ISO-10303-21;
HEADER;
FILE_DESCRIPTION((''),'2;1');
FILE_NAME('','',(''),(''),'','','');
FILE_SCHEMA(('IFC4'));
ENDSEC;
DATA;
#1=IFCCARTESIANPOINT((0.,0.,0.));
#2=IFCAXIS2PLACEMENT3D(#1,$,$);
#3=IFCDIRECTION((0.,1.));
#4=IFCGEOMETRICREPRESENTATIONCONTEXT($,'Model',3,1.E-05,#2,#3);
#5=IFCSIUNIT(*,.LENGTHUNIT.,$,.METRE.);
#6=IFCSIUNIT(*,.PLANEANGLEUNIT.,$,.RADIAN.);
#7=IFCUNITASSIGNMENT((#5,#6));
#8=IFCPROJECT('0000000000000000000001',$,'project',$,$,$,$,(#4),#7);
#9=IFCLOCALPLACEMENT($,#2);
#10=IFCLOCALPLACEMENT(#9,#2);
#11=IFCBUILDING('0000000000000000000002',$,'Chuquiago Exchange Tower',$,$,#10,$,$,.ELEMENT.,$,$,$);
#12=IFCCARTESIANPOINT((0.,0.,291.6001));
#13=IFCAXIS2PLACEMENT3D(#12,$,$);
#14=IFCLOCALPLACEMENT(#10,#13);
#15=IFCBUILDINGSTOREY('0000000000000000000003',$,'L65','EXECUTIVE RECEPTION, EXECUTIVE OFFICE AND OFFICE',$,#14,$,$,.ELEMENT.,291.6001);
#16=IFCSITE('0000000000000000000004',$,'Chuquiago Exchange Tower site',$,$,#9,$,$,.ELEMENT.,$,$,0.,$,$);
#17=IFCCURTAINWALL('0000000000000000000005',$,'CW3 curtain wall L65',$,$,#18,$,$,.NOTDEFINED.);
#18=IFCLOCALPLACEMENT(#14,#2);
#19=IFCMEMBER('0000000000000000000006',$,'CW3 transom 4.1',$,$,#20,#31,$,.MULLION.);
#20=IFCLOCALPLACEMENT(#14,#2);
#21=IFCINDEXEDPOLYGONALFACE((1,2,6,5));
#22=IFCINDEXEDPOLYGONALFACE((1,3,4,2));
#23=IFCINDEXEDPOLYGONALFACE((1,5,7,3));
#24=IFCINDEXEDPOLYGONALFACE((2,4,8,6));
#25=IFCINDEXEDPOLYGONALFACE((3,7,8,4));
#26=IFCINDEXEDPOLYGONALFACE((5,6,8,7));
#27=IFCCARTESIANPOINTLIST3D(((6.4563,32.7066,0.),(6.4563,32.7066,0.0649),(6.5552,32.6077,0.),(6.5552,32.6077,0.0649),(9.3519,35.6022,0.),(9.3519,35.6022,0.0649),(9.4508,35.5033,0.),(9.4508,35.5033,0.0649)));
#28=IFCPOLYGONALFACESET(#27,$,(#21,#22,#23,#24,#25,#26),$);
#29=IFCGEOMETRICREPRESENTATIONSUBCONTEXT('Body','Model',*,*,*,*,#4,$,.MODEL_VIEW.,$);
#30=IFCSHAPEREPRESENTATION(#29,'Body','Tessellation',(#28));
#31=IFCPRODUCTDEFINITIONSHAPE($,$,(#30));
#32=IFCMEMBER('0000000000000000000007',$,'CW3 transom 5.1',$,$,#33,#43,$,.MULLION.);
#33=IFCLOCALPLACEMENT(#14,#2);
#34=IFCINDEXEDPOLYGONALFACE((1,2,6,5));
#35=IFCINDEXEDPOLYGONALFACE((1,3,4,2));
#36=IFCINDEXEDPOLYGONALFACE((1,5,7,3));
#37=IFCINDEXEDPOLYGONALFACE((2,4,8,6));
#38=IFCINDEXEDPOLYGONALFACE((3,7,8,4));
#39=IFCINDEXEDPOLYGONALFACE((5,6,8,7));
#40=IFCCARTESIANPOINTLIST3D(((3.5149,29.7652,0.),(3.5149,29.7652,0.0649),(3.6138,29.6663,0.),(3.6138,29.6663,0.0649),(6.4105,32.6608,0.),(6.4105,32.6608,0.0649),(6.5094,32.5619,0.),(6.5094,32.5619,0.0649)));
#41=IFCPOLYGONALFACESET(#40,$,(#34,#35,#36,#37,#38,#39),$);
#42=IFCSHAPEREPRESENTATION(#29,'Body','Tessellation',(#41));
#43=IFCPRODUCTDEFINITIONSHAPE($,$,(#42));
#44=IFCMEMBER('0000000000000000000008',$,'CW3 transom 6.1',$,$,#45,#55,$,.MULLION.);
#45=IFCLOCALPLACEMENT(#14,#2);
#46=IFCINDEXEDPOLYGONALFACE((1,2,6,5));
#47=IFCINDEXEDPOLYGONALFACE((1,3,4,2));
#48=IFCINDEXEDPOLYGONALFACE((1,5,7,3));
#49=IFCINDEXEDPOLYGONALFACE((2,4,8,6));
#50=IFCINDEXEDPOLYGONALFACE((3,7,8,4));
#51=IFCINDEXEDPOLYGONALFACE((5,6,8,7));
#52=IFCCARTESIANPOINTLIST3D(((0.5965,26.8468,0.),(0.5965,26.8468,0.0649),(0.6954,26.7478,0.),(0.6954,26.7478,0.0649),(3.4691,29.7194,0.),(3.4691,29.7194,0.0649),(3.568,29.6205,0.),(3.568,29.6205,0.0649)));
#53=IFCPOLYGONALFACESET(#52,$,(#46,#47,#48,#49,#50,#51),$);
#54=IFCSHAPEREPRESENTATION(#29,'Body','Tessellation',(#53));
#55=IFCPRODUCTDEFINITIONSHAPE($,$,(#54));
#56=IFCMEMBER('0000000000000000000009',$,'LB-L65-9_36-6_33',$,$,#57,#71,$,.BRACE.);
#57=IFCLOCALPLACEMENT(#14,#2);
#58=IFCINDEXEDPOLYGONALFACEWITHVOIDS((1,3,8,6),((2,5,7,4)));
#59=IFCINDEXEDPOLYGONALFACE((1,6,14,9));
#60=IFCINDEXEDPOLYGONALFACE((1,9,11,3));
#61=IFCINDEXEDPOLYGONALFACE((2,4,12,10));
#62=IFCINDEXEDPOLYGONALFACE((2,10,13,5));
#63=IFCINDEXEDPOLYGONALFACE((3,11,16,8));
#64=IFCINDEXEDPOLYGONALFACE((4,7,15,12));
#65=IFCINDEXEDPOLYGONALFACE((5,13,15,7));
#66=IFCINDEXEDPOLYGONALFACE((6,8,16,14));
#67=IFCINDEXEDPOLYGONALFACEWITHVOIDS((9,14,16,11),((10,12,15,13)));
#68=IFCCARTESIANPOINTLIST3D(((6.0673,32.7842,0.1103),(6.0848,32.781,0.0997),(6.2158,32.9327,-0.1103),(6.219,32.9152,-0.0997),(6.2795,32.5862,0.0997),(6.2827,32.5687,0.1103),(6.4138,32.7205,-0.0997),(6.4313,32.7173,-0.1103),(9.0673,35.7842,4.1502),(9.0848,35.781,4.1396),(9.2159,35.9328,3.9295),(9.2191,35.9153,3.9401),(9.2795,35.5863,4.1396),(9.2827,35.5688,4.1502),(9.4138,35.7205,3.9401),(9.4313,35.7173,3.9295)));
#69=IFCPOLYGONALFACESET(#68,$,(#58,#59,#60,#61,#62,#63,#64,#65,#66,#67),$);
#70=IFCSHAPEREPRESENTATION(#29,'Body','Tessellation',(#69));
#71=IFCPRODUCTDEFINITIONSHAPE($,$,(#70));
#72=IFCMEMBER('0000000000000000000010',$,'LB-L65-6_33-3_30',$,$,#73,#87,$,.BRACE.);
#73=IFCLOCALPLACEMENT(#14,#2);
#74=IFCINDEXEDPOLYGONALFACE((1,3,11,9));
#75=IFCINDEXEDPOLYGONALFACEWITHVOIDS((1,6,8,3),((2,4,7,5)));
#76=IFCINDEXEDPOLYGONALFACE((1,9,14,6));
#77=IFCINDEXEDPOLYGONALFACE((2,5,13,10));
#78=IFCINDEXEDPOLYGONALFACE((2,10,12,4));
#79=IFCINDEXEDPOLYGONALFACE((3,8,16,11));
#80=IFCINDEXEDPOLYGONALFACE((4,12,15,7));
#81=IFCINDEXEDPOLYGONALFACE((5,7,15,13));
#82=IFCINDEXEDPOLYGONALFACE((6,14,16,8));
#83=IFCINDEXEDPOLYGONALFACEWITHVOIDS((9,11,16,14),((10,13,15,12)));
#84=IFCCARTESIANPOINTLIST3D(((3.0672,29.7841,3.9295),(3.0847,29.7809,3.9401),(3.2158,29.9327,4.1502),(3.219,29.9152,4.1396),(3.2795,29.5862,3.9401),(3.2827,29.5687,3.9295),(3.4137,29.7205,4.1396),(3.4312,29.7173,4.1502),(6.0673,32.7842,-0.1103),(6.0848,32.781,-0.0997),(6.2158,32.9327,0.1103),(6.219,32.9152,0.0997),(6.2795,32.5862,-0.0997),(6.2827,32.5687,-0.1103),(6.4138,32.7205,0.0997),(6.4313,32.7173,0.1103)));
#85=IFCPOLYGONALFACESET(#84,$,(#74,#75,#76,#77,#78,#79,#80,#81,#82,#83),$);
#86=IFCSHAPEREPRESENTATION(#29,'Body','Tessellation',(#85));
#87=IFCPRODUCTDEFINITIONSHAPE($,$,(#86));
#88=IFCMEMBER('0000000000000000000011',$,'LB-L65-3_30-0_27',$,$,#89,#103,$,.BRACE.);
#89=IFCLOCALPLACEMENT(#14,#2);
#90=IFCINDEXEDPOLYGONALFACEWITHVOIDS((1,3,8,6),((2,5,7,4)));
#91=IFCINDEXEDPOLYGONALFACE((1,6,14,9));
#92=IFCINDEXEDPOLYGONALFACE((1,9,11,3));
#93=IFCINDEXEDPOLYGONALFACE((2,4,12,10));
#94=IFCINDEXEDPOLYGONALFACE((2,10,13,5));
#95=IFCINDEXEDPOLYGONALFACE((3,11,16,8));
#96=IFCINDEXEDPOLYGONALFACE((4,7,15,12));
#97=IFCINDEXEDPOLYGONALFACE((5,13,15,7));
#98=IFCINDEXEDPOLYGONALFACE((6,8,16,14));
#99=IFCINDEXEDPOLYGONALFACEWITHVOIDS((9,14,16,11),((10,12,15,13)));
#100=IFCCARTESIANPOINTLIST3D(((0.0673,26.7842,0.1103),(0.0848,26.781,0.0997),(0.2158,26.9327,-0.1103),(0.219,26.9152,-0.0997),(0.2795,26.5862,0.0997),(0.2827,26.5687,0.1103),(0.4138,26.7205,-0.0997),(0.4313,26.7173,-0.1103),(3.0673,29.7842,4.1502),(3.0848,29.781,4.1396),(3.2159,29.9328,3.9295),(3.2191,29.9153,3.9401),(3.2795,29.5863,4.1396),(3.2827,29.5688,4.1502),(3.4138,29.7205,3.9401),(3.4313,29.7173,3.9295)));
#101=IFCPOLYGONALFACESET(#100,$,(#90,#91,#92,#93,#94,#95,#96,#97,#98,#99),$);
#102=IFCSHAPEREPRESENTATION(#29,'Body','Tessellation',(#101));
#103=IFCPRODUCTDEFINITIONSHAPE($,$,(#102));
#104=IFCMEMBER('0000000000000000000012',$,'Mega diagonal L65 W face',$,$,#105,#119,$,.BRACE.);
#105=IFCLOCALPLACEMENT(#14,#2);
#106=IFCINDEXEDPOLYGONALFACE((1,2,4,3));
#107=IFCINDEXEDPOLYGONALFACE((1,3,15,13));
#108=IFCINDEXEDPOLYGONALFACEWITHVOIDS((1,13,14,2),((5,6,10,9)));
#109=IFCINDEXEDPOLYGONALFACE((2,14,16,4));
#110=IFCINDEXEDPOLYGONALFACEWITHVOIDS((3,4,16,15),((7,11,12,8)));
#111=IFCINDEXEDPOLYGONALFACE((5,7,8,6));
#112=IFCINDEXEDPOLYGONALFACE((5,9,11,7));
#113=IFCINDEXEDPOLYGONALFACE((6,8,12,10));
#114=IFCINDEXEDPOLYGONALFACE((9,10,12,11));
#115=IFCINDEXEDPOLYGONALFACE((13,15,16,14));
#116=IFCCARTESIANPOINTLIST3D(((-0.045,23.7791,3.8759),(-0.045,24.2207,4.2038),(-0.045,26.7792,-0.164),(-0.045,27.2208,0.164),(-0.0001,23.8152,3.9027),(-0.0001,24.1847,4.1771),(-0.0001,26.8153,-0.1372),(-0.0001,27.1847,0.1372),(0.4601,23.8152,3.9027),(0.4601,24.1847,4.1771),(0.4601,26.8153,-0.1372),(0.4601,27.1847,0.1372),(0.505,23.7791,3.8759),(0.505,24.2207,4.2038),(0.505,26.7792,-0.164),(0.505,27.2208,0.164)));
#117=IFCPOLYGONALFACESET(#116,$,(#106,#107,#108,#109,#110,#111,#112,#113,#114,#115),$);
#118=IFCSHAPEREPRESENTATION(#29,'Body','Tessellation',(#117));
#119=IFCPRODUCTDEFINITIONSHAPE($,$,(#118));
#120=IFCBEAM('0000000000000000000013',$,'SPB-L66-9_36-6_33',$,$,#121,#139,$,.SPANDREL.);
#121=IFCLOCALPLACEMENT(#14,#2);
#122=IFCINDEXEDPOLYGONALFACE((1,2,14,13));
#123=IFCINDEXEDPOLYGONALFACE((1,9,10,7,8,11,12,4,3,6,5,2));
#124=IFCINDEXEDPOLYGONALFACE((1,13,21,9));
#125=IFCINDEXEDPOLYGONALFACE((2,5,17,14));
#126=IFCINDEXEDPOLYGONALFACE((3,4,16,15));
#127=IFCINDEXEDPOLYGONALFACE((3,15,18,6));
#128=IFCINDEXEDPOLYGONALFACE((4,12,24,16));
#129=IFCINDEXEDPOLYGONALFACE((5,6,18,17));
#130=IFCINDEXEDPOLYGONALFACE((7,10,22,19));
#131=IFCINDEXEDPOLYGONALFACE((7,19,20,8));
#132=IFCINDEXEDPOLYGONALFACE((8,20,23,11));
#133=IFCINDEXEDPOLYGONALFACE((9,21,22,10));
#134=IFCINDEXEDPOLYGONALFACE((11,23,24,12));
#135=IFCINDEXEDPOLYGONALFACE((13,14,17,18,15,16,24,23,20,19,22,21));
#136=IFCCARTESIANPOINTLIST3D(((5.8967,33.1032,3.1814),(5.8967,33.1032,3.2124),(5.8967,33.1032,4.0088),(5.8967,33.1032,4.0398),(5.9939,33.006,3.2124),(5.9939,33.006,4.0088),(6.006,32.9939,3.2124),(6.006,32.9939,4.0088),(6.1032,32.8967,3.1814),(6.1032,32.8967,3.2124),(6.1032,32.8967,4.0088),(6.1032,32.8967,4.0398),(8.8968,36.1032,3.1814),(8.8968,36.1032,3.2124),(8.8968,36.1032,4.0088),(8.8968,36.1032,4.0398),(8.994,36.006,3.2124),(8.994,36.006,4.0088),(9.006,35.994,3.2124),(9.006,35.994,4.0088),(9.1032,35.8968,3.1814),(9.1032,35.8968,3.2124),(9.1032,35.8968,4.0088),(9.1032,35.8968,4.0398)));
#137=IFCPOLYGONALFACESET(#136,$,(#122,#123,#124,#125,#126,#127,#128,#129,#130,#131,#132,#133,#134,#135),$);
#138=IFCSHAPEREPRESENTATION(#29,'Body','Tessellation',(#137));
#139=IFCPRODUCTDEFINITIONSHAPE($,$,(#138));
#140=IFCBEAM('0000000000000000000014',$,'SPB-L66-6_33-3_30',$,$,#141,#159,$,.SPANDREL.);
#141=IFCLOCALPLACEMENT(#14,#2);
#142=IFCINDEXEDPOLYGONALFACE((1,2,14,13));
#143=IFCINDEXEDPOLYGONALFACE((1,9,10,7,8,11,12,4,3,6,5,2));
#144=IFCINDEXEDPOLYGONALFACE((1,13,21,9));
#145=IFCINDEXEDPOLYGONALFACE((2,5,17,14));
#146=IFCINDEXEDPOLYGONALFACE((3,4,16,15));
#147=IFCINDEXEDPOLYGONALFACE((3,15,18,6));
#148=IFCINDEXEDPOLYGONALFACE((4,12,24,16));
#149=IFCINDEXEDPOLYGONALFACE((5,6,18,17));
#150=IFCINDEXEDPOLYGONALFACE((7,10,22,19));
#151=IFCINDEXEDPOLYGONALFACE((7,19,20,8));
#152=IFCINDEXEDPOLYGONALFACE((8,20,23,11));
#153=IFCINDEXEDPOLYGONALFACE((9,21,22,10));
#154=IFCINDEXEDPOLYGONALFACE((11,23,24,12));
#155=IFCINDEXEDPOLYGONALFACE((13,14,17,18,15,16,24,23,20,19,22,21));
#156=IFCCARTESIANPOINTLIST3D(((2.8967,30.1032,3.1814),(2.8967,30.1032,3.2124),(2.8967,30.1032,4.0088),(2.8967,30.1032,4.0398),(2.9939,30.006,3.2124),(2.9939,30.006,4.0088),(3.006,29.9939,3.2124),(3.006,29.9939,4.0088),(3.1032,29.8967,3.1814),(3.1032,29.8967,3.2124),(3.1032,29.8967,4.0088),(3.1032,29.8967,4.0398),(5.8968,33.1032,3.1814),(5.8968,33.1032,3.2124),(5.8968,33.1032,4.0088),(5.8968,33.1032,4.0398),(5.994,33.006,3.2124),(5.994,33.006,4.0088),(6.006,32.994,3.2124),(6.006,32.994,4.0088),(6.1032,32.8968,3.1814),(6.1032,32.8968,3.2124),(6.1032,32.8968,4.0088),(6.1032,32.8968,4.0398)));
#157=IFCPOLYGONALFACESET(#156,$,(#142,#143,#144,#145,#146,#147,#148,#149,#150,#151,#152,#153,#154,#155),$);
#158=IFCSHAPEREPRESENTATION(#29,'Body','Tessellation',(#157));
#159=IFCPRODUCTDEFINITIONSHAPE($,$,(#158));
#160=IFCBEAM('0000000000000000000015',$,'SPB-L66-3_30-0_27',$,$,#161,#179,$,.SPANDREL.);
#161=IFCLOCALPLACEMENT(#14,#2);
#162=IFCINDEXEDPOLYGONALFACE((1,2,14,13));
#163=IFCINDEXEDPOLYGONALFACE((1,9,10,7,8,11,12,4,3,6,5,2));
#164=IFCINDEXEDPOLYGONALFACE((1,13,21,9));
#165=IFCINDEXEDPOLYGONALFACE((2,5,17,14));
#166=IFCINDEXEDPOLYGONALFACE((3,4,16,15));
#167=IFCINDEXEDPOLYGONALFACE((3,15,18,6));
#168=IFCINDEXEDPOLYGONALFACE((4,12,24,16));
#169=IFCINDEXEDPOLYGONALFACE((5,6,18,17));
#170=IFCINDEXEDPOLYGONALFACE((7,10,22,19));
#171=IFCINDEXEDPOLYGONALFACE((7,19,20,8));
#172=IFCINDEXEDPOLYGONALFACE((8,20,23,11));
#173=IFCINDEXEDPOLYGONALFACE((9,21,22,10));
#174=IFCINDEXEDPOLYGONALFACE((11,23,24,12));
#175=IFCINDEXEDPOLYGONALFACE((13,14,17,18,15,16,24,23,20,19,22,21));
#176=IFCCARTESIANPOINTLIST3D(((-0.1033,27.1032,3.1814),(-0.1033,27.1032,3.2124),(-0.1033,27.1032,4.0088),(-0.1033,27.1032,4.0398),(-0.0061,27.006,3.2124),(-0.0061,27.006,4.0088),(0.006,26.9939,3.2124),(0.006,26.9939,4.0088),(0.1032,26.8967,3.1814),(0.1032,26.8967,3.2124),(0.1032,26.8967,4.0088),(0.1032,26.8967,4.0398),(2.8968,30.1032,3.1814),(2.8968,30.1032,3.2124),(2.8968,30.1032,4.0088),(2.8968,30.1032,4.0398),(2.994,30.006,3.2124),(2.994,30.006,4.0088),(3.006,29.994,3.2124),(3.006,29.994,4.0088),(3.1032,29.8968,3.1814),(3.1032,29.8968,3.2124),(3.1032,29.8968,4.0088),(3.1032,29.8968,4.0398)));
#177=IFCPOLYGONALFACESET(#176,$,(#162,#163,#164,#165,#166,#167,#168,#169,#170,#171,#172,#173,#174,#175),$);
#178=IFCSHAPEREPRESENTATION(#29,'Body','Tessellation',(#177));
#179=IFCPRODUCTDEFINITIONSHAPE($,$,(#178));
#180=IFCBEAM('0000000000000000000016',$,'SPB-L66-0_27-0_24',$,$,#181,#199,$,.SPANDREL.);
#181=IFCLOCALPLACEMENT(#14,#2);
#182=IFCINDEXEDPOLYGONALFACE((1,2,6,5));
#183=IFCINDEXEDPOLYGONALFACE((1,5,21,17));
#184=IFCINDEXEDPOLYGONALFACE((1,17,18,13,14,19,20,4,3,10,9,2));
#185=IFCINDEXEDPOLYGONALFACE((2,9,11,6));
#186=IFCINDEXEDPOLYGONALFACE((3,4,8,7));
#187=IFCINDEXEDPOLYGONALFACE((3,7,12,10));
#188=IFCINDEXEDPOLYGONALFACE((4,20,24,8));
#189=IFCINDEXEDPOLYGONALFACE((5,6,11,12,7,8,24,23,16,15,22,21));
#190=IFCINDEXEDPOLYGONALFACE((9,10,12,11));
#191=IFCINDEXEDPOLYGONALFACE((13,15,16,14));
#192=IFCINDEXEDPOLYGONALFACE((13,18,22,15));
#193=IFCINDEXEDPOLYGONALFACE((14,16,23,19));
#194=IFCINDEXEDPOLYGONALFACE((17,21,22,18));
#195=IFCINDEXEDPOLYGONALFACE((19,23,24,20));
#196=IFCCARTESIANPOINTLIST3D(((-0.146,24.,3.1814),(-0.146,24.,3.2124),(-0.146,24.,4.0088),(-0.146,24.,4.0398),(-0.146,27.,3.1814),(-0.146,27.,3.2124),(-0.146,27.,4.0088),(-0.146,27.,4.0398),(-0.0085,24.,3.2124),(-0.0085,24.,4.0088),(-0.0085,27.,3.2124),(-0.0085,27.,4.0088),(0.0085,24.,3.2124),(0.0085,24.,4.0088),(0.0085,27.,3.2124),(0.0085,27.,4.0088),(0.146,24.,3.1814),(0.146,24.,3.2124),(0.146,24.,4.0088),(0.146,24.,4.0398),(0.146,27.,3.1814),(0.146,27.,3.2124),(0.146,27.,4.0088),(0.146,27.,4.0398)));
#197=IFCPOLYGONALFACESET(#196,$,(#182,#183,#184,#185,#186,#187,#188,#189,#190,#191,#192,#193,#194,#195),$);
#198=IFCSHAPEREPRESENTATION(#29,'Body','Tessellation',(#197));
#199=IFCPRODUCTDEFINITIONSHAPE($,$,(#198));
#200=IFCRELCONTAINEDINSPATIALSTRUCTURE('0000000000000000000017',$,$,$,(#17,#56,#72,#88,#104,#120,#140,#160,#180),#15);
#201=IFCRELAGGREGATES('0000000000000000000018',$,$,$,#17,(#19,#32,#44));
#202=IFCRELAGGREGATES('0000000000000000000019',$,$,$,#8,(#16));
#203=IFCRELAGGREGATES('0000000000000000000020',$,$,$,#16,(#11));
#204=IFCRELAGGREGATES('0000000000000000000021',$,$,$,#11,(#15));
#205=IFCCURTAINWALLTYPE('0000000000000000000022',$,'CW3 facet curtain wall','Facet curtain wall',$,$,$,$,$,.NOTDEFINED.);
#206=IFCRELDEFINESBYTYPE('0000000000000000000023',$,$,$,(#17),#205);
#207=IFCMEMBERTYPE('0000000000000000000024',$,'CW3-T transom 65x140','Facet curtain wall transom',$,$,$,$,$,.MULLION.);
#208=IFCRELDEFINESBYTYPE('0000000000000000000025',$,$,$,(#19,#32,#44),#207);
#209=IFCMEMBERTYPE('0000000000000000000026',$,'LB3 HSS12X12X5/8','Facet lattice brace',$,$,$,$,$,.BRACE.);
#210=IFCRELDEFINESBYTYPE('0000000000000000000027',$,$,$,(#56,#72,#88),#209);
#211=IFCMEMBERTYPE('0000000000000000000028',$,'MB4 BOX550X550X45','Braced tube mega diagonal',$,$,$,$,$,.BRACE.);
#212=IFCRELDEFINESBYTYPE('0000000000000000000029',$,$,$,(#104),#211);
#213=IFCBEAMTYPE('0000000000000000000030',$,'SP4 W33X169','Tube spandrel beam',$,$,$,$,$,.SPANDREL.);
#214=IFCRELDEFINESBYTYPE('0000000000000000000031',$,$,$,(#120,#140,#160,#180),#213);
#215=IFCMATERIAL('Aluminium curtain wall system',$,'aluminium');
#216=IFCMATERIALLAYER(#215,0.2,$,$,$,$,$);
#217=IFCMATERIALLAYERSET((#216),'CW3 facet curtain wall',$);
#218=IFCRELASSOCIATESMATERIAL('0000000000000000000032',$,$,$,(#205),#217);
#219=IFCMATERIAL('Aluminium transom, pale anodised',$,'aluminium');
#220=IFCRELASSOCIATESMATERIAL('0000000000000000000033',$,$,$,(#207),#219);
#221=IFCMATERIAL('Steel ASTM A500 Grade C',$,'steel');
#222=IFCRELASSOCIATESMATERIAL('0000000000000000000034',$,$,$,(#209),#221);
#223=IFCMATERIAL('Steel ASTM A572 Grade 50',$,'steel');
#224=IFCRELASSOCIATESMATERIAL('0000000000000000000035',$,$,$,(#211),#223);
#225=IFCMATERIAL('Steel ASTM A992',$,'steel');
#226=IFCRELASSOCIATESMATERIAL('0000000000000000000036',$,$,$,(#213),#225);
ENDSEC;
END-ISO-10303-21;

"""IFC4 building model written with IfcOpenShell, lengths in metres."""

from ifc_helpers import new_model, si_unit, direction, frame, origin, origin_2d, place, context, subcontext, project, spatial, rectangle, hollow_rectangle, i_section, extrude, material, layer, layer_set, material_profile, profile_set, type_object, element, aggregate, save


model = new_model("IFC4")

# Units and contexts
model_context = context("Model", 3, precision=1e-05, world=origin(), true_north=direction((0.0, 1.0)))
body_context = subcontext(model_context, "Body", "Model", "MODEL_VIEW")
ifc_project = project(units=[si_unit("LENGTHUNIT", "METRE"), si_unit("PLANEANGLEUNIT", "RADIAN")], contexts=[model_context])

# Site, building, storey
site_placement = place(None, origin())
site = spatial("IfcSite", under=ifc_project, at=site_placement, Name="Chuquiago Exchange Tower site", CompositionType="ELEMENT", RefElevation=0.0)
building_placement = place(site_placement, origin())
building = spatial("IfcBuilding", under=site, at=building_placement, Name="Chuquiago Exchange Tower", CompositionType="ELEMENT")
storey_placement = place(building_placement, frame((0.0, 0.0, 291.6001)))
storey = spatial("IfcBuildingStorey", under=building, at=storey_placement, Name="L65", Description="EXECUTIVE RECEPTION, EXECUTIVE OFFICE AND OFFICE", CompositionType="ELEMENT", Elevation=291.6001)

# Curtain wall, members
ifc_material_1 = material(Name="Aluminium curtain wall system", Category="aluminium")
ifc_layer_1 = layer(ifc_material_1, 0.2)
ifc_layer_set_1 = layer_set([ifc_layer_1], Name="CW3 facet curtain wall")
curtain_wall_type = type_object("IfcCurtainWallType", Name="CW3 facet curtain wall", Description="Facet curtain wall", PredefinedType="NOTDEFINED", material=ifc_layer_set_1)
curtain_wall_placement = place(storey_placement, origin())
curtain_wall = element("IfcCurtainWall", 1, at=curtain_wall_placement, inside=storey, type_object=curtain_wall_type, Name="CW3 curtain wall L65", PredefinedType="NOTDEFINED")
ifc_material_2 = material(Name="Aluminium transom, pale anodised", Category="aluminium")
ifc_material_profile_1 = material_profile(ifc_material_2, rectangle(XDim=0.1399, YDim=0.0649, at=origin_2d()), Name="AL 140x65")
ifc_profile_set_1 = profile_set([ifc_material_profile_1], Name="Aluminium transom, pale anodised")
member_type_1 = type_object("IfcMemberType", Name="CW3-T transom 65x140", Description="Facet curtain wall transom", PredefinedType="MULLION", material=ifc_profile_set_1)
member_1_placement = place(storey_placement, frame((9.4014, 35.5527, 0.0325), z_axis=(-0.707107, -0.707107, 0.0), x_axis=(0.707107, -0.707107, 0.0)))
member_1 = element("IfcMember", 2, at=member_1_placement, type_object=member_type_1, Name="CW3 transom 4.1", PredefinedType="MULLION", context=body_context, shape_type="SweptSolid", body=[
    extrude(rectangle(XDim=0.1399, YDim=0.0649, at=origin_2d()), origin(), (0.0, 0.0, 1.0), 4.095),
])
member_2_placement = place(storey_placement, frame((6.46, 32.6113, 0.0325), z_axis=(-0.707107, -0.707107, 0.0), x_axis=(0.707107, -0.707107, 0.0)))
member_2 = element("IfcMember", 3, at=member_2_placement, type_object=member_type_1, Name="CW3 transom 5.1", PredefinedType="MULLION", context=body_context, shape_type="SweptSolid", body=[
    extrude(rectangle(XDim=0.1399, YDim=0.0649, at=origin_2d()), origin(), (0.0, 0.0, 1.0), 4.095),
])
member_3_placement = place(storey_placement, frame((3.5186, 29.6699, 0.0325), z_axis=(-0.707107, -0.707107, 0.0), x_axis=(0.707107, -0.707107, 0.0)))
member_3 = element("IfcMember", 4, at=member_3_placement, type_object=member_type_1, Name="CW3 transom 6.1", PredefinedType="MULLION", context=body_context, shape_type="SweptSolid", body=[
    extrude(rectangle(XDim=0.1399, YDim=0.0649, at=origin_2d()), origin(), (0.0, 0.0, 1.0), 4.0625),
])

# Members
ifc_material_3 = material(Name="Steel ASTM A500 Grade C", Category="steel")
ifc_material_profile_2 = material_profile(ifc_material_3, hollow_rectangle(XDim=0.3047, YDim=0.3047, WallThickness=0.0146, at=origin_2d()), Name="HSS12X12X5/8")
ifc_profile_set_2 = profile_set([ifc_material_profile_2], Name="Steel ASTM A500 Grade C")
member_type_2 = type_object("IfcMemberType", Name="LB3 HSS12X12X5/8", Description="Facet lattice brace", PredefinedType="BRACE", material=ifc_profile_set_2)
for number, where, z_axis, x_axis, name in (
    (5, (6.2493, 32.7507, 0.0), (0.512092, 0.512092, 0.689582), (-0.707107, 0.707107, 0.0), "LB-L65-9_36-6_33"),
    (6, (6.2493, 32.7507, 0.0), (-0.512092, -0.512092, 0.689582), (0.707107, -0.707107, 0.0), "LB-L65-6_33-3_30"),
    (7, (0.2493, 26.7507, 0.0), (0.512092, 0.512092, 0.689582), (-0.707107, 0.707107, 0.0), "LB-L65-3_30-0_27"),
):
    element("IfcMember", number, at=place(storey_placement, frame(where, z_axis=z_axis, x_axis=x_axis)), inside=storey, type_object=member_type_2, Name=name, PredefinedType="BRACE", context=body_context, shape_type="SweptSolid", body=[
        extrude(hollow_rectangle(XDim=0.3047, YDim=0.3047, WallThickness=0.0146, at=origin_2d()), origin(), (0.0, 0.0, 1.0), 5.8584),
    ])
ifc_material_4 = material(Name="Steel ASTM A572 Grade 50", Category="steel")
ifc_material_profile_3 = material_profile(ifc_material_4, hollow_rectangle(XDim=0.55, YDim=0.55, WallThickness=0.0449, at=origin_2d()), Name="BOX550X550X45")
ifc_profile_set_3 = profile_set([ifc_material_profile_3], Name="Steel ASTM A572 Grade 50")
member_type_3 = type_object("IfcMemberType", Name="MB4 BOX550X550X45", Description="Braced tube mega diagonal", PredefinedType="BRACE", material=ifc_profile_set_3)
member_4_placement = place(storey_placement, frame((0.23, 27.0, 0.0), z_axis=(0.0, -0.596197, 0.802838), x_axis=(1.0, 0.0, 0.0)))
element("IfcMember", 8, at=member_4_placement, inside=storey, type_object=member_type_3, Name="Mega diagonal L65 W face", PredefinedType="BRACE", context=body_context, shape_type="SweptSolid", body=[
    extrude(hollow_rectangle(XDim=0.55, YDim=0.55, WallThickness=0.0449, at=origin_2d()), origin(), (0.0, 0.0, 1.0), 5.032),
])

# Beams
ifc_material_5 = material(Name="Steel ASTM A992", Category="steel")
ifc_material_profile_4 = material_profile(ifc_material_5, i_section(OverallWidth=0.292, OverallDepth=0.8584, WebThickness=0.0171, FlangeThickness=0.031, at=origin_2d()), Name="W33X169")
ifc_profile_set_4 = profile_set([ifc_material_profile_4], Name="Steel ASTM A992")
beam_type_1 = type_object("IfcBeamType", Name="SP4 W33X169", Description="Tube spandrel beam", PredefinedType="SPANDREL", material=ifc_profile_set_4)
for number, where, z_axis, x_axis, name in (
    (9, (9.0, 36.0, 3.6106), (-0.707107, -0.707107, 0.0), (0.707107, -0.707107, 0.0), "SPB-L66-9_36-6_33"),
    (10, (6.0, 33.0, 3.6106), (-0.707107, -0.707107, 0.0), (0.707107, -0.707107, 0.0), "SPB-L66-6_33-3_30"),
    (11, (3.0, 30.0, 3.6106), (-0.707107, -0.707107, 0.0), (0.707107, -0.707107, 0.0), "SPB-L66-3_30-0_27"),
):
    element("IfcBeam", number, at=place(storey_placement, frame(where, z_axis=z_axis, x_axis=x_axis)), inside=storey, type_object=beam_type_1, Name=name, PredefinedType="SPANDREL", context=body_context, shape_type="SweptSolid", body=[
        extrude(i_section(OverallWidth=0.292, OverallDepth=0.8584, WebThickness=0.0171, FlangeThickness=0.031, at=origin_2d()), origin(), (0.0, 0.0, 1.0), 4.2427),
    ])
beam_1_placement = place(storey_placement, frame((0.0, 27.0, 3.6106), z_axis=(0.0, -1.0, 0.0), x_axis=(1.0, 0.0, 0.0)))
element("IfcBeam", 12, at=beam_1_placement, inside=storey, type_object=beam_type_1, Name="SPB-L66-0_27-0_24", PredefinedType="SPANDREL", context=body_context, shape_type="SweptSolid", body=[
    extrude(i_section(OverallWidth=0.292, OverallDepth=0.8584, WebThickness=0.0171, FlangeThickness=0.031, at=origin_2d()), origin(), (0.0, 0.0, 1.0), 3.0),
])

aggregate(curtain_wall, [member_1, member_2, member_3])

save(model, "model.ifc")
